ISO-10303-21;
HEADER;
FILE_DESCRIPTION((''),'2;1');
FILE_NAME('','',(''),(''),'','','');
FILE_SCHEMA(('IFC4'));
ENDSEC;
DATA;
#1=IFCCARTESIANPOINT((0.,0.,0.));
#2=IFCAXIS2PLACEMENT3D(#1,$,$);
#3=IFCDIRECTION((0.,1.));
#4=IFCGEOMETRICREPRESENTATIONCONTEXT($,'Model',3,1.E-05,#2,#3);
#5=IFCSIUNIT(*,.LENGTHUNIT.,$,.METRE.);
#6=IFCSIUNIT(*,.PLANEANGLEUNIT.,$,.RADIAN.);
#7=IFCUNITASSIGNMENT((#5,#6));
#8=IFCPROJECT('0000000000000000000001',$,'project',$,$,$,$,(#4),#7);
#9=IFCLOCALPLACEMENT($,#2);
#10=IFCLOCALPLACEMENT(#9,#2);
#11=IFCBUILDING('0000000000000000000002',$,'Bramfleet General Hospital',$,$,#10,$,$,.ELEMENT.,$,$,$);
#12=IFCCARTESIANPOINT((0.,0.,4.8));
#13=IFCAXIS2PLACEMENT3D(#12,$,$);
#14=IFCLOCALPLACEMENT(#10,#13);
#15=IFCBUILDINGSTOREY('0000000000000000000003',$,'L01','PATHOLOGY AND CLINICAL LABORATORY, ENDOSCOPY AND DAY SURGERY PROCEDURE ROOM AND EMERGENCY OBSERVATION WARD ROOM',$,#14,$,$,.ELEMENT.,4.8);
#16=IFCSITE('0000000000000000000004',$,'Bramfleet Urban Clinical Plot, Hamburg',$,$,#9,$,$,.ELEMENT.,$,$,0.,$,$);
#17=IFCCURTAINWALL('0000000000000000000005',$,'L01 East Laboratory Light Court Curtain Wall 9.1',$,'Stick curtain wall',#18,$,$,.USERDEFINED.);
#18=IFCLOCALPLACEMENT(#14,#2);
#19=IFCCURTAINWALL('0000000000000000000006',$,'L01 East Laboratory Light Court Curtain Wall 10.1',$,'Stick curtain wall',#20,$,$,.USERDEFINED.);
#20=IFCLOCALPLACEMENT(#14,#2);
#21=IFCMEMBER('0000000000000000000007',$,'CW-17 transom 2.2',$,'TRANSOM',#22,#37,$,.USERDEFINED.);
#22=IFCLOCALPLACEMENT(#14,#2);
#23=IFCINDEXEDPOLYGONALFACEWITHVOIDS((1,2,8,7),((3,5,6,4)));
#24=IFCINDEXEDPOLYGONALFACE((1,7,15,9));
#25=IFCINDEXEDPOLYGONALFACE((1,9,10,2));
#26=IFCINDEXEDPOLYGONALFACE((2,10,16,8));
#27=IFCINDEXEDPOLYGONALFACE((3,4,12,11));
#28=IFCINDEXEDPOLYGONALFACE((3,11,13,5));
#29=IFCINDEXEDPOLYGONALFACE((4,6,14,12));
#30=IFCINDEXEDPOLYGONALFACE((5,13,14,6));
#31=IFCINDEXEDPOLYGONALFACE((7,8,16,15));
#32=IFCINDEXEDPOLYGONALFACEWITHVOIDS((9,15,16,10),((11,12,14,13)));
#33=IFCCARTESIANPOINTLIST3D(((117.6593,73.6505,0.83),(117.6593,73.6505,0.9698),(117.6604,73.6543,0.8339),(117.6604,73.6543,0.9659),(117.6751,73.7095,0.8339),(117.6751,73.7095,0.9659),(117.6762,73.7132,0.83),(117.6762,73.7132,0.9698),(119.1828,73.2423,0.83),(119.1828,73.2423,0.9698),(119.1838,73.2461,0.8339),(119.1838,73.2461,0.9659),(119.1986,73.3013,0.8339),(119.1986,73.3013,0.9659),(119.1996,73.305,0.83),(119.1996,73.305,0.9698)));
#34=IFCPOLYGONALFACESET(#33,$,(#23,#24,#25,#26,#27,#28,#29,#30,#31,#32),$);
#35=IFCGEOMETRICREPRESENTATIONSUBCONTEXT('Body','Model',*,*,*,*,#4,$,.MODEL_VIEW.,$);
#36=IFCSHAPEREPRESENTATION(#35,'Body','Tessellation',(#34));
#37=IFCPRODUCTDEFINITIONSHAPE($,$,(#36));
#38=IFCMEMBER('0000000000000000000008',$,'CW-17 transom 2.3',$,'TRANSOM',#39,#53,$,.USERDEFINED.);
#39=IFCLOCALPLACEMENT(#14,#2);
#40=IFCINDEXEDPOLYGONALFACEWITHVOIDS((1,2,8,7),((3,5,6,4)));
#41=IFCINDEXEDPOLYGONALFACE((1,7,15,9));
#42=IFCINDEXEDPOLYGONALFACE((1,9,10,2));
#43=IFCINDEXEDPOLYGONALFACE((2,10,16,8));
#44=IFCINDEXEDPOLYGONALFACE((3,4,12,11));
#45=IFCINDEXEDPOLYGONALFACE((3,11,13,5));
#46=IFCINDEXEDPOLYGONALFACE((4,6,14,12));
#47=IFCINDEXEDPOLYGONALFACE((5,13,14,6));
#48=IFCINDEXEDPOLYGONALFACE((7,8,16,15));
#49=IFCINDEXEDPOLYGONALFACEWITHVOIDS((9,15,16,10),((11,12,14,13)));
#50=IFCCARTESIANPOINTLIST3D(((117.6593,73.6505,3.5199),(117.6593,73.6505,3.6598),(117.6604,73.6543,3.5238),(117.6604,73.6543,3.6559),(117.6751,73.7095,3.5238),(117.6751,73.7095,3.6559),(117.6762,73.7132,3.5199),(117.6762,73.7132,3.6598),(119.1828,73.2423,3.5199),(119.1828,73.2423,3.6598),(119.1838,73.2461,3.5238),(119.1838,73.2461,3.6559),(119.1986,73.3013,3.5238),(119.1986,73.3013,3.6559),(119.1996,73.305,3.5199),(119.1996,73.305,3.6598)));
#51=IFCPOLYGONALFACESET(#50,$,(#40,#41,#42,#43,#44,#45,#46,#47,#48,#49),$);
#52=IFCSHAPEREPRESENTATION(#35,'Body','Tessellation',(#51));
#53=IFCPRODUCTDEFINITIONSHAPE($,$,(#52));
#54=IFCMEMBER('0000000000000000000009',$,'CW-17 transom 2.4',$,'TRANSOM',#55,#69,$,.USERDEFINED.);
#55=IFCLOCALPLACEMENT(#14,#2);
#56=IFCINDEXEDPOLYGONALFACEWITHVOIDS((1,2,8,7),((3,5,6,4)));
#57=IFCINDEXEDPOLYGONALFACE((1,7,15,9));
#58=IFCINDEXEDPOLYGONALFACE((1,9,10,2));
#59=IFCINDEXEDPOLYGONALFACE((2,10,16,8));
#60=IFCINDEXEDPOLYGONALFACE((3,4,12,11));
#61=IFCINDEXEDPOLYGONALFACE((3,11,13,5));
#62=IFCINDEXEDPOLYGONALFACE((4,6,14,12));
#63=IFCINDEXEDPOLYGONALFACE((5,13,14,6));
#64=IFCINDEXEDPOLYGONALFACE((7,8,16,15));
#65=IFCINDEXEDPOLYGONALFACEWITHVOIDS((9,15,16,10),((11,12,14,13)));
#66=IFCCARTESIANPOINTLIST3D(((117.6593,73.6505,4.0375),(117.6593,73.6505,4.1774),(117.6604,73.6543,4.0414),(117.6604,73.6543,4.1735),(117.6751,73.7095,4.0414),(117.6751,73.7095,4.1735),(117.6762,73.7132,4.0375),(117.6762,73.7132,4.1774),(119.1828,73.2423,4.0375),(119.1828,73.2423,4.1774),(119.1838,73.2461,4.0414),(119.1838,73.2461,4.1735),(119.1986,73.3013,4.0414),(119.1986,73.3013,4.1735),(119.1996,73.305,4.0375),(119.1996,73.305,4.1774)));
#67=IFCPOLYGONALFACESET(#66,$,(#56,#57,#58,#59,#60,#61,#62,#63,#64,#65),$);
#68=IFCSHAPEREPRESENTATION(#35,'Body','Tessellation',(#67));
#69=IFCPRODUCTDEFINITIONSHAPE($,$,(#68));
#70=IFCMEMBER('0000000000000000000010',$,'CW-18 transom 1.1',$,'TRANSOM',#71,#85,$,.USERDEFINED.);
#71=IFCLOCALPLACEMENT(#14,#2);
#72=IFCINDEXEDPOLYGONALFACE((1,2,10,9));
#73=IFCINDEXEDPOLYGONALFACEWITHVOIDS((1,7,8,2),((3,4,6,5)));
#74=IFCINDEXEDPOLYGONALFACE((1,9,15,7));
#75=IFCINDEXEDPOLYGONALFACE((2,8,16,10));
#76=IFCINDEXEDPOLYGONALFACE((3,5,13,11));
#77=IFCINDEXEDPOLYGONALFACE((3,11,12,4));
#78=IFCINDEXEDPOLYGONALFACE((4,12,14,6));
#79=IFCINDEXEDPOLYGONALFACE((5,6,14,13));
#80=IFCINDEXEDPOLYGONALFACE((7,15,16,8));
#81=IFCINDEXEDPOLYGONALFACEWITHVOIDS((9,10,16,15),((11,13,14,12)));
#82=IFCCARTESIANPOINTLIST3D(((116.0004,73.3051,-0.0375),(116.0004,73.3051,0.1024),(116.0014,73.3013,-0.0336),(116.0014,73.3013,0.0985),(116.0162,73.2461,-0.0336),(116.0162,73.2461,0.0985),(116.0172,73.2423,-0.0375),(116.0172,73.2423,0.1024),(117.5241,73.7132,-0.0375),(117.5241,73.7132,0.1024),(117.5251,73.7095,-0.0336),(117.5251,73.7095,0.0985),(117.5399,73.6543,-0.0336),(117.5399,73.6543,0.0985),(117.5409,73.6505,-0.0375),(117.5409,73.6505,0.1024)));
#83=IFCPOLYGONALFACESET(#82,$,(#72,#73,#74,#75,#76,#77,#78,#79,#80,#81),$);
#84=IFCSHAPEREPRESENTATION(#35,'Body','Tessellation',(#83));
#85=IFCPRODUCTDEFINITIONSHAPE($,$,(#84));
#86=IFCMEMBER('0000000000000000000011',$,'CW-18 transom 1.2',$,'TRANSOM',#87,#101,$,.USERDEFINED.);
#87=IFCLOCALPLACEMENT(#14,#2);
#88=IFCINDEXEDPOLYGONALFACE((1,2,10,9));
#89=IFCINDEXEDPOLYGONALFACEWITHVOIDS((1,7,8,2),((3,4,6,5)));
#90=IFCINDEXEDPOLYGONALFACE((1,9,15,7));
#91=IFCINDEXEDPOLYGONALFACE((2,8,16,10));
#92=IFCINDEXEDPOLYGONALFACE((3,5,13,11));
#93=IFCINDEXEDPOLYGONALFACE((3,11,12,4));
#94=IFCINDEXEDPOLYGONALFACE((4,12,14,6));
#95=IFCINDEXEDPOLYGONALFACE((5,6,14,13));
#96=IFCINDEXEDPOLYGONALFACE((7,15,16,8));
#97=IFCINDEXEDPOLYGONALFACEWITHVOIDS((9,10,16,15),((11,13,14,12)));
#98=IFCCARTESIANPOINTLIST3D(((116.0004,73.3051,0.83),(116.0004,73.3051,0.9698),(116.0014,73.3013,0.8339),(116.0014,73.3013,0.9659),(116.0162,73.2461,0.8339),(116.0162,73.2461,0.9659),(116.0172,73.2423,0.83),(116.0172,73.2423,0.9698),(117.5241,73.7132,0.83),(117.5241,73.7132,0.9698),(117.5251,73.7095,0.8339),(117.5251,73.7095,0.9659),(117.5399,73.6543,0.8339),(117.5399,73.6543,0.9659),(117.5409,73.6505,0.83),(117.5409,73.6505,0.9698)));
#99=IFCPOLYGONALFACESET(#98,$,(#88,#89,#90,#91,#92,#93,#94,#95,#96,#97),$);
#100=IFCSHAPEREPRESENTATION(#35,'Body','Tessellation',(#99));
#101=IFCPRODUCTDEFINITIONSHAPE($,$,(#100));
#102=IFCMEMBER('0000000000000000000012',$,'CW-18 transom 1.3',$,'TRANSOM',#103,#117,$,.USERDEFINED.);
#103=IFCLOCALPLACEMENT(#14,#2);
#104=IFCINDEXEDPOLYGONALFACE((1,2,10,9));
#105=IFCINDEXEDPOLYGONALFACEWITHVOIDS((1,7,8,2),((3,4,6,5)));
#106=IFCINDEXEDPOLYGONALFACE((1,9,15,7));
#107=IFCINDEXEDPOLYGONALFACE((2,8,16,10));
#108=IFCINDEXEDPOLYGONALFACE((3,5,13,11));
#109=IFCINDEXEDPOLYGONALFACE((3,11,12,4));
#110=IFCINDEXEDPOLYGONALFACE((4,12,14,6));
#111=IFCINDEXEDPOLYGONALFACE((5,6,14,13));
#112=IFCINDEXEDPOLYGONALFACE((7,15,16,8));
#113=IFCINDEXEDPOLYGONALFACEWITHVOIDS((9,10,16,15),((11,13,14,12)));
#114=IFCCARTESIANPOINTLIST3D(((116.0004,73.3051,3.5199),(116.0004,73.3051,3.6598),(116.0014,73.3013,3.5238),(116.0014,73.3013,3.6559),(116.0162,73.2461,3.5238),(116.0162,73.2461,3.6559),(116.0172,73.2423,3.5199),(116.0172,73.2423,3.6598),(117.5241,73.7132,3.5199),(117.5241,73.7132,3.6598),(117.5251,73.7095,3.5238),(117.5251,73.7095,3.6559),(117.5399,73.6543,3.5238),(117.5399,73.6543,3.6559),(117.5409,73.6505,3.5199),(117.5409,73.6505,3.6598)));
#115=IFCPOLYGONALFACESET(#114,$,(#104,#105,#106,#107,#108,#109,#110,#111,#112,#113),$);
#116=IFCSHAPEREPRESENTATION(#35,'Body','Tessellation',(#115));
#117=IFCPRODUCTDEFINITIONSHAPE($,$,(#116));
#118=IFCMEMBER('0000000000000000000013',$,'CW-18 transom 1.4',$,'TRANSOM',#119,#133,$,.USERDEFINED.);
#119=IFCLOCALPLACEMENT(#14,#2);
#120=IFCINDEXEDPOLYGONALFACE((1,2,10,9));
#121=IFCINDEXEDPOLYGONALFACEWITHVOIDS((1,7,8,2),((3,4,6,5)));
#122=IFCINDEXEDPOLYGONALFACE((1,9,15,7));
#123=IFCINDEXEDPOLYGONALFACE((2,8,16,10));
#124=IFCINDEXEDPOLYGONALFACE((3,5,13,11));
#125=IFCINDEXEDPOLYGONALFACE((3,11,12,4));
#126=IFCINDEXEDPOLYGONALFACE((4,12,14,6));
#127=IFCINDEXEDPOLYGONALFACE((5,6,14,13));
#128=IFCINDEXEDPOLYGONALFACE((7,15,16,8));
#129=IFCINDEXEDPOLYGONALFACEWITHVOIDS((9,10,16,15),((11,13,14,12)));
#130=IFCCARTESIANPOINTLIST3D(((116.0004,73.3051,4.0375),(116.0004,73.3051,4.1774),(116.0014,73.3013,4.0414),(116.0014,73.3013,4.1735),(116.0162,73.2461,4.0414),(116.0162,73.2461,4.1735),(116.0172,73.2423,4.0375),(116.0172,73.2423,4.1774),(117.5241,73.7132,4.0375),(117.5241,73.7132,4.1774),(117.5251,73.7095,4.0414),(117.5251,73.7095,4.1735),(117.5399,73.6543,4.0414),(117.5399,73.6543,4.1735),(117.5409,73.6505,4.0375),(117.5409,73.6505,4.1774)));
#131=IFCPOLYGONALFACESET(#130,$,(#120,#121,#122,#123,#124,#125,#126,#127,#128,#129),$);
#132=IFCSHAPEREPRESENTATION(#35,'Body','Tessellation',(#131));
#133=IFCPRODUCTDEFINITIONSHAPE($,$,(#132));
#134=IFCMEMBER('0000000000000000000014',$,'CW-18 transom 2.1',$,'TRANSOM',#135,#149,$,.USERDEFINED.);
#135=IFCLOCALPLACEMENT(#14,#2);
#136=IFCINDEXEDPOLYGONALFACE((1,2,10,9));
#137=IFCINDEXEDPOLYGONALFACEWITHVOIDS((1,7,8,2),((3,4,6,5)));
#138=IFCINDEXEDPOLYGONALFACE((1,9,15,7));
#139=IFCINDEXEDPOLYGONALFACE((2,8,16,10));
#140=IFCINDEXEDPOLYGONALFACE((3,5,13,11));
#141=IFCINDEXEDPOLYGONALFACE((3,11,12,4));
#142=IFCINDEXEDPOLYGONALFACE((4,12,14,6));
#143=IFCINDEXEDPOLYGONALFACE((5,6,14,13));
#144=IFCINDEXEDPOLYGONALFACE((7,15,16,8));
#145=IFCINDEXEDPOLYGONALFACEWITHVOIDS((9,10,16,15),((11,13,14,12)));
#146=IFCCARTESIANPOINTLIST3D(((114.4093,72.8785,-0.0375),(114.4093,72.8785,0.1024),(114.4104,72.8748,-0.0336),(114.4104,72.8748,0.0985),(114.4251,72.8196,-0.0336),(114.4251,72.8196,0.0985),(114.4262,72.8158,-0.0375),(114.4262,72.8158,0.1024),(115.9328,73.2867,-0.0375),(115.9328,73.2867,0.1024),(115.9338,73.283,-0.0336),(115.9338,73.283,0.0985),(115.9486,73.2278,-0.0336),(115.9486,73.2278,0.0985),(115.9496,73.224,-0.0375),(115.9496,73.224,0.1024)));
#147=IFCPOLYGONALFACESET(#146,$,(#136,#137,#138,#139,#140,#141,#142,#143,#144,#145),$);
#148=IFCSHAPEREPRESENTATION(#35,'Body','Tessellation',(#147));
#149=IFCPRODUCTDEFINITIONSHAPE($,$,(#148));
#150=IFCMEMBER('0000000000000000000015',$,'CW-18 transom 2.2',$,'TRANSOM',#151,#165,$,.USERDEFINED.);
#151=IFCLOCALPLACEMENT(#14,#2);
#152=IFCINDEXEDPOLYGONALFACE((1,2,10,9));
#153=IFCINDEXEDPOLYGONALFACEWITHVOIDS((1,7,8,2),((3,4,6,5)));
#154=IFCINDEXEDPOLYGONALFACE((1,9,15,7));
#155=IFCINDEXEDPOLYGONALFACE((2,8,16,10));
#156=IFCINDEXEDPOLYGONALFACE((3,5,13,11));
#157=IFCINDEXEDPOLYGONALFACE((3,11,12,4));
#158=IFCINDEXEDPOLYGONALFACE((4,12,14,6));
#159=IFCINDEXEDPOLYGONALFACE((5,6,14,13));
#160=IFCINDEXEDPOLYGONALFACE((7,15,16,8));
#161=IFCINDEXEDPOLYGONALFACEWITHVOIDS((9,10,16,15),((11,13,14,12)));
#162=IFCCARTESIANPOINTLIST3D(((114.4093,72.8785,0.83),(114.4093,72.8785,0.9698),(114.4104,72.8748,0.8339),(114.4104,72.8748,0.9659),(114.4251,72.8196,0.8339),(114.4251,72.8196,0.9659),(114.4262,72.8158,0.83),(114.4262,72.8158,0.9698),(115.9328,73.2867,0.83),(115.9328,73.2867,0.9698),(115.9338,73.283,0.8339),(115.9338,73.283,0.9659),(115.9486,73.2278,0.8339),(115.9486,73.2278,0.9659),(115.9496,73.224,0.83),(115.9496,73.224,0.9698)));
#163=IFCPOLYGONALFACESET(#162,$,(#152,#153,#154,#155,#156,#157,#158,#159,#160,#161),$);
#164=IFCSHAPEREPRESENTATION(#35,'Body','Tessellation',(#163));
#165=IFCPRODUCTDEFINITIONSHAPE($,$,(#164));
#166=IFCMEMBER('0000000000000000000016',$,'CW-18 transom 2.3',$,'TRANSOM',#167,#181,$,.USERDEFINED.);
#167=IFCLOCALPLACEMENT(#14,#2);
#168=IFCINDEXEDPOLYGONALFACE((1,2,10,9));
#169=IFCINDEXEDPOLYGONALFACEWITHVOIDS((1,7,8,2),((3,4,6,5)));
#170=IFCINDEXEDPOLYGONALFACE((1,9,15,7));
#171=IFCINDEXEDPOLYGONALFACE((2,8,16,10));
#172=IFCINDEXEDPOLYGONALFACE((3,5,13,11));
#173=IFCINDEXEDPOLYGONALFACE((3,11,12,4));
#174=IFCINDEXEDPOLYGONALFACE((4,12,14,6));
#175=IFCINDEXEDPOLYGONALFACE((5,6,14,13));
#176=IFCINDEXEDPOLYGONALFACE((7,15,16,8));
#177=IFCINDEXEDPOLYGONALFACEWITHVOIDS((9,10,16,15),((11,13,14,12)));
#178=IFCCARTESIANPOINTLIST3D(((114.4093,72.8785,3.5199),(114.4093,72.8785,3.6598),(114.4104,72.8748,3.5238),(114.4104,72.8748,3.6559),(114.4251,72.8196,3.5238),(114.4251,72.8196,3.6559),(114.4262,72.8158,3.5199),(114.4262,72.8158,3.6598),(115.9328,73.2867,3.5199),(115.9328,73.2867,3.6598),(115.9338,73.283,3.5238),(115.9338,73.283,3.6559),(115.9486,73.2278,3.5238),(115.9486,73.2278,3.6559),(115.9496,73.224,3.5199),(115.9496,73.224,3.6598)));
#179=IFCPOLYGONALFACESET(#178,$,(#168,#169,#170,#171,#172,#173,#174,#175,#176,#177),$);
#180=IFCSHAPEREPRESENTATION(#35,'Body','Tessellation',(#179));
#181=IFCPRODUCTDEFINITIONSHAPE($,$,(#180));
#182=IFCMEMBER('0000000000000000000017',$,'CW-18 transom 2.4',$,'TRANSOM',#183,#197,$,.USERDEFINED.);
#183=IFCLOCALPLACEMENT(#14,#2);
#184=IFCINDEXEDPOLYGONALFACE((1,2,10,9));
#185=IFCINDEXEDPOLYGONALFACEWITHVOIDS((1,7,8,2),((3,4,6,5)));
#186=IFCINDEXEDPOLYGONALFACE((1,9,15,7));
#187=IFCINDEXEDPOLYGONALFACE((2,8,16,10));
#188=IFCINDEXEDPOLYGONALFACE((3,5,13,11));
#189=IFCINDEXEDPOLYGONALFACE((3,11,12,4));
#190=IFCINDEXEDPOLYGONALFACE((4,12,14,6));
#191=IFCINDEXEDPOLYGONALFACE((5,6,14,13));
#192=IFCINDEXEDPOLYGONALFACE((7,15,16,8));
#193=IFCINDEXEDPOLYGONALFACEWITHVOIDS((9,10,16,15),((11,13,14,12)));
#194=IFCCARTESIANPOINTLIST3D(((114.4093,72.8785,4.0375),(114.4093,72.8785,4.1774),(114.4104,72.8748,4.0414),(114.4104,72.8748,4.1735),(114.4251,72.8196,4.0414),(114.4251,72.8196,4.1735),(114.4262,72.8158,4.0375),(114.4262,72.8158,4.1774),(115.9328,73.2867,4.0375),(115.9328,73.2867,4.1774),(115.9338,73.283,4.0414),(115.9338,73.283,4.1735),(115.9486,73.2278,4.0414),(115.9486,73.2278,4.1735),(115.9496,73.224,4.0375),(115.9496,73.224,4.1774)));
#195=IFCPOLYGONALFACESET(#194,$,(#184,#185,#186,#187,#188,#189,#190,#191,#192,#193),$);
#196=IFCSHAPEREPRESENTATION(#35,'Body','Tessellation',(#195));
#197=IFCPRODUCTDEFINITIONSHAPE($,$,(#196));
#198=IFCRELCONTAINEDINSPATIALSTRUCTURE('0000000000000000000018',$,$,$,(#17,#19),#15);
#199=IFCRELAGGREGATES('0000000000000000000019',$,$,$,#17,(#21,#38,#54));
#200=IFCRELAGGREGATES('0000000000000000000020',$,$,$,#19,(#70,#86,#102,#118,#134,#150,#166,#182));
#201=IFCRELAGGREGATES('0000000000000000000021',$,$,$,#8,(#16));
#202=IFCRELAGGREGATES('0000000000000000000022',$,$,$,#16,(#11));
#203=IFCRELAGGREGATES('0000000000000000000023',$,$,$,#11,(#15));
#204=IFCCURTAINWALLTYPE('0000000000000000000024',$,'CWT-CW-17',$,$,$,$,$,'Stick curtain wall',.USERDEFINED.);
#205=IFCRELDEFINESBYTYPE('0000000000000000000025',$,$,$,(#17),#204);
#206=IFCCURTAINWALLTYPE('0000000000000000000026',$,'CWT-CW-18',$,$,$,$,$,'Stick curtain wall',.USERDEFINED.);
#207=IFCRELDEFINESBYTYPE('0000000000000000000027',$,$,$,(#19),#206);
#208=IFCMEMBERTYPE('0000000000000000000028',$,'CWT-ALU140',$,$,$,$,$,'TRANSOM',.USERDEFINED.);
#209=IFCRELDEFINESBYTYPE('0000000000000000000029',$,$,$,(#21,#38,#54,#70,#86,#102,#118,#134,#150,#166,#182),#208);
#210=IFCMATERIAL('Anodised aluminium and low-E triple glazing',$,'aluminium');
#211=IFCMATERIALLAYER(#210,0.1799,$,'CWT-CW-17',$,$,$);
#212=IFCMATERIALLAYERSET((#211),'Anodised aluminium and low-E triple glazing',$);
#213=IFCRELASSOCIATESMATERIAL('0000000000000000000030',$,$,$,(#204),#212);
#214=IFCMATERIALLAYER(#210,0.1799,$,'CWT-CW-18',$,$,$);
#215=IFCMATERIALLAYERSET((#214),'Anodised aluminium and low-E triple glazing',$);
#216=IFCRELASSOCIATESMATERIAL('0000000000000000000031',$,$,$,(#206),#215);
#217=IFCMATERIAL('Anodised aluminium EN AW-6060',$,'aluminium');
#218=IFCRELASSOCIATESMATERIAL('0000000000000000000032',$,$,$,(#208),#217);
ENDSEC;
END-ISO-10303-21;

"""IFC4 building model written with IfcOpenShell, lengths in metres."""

from ifc_helpers import new_model, si_unit, direction, frame, origin, origin_2d, place, context, subcontext, project, spatial, hollow_rectangle, extrude, material, layer, layer_set, material_profile, profile_set, type_object, element, aggregate, save


model = new_model("IFC4")

# Units and contexts
model_context = context("Model", 3, precision=1e-05, world=origin(), true_north=direction((0.0, 1.0)))
body_context = subcontext(model_context, "Body", "Model", "MODEL_VIEW")
ifc_project = project(units=[si_unit("LENGTHUNIT", "METRE"), si_unit("PLANEANGLEUNIT", "RADIAN")], contexts=[model_context])

# Site, building, storey
site_placement = place(None, origin())
site = spatial("IfcSite", under=ifc_project, at=site_placement, Name="Bramfleet Urban Clinical Plot, Hamburg", CompositionType="ELEMENT", RefElevation=0.0)
building_placement = place(site_placement, origin())
building = spatial("IfcBuilding", under=site, at=building_placement, Name="Bramfleet General Hospital", CompositionType="ELEMENT")
storey_placement = place(building_placement, frame((0.0, 0.0, 4.8)))
storey = spatial("IfcBuildingStorey", under=building, at=storey_placement, Name="L01", Description="PATHOLOGY AND CLINICAL LABORATORY, ENDOSCOPY AND DAY SURGERY PROCEDURE ROOM AND EMERGENCY OBSERVATION WARD ROOM", CompositionType="ELEMENT", Elevation=4.8)

# Curtain walls
ifc_material_1 = material(Name="Anodised aluminium and low-E triple glazing", Category="aluminium")
ifc_layer_1 = layer(ifc_material_1, 0.1799, Name="CWT-CW-17")
ifc_layer_set_1 = layer_set([ifc_layer_1], Name="Anodised aluminium and low-E triple glazing")
curtain_wall_type_1 = type_object("IfcCurtainWallType", Name="CWT-CW-17", ElementType="Stick curtain wall", PredefinedType="USERDEFINED", material=ifc_layer_set_1)
curtain_wall_1_placement = place(storey_placement, origin())
curtain_wall_1 = element("IfcCurtainWall", 1, at=curtain_wall_1_placement, inside=storey, type_object=curtain_wall_type_1, Name="L01 East Laboratory Light Court Curtain Wall 9.1", ObjectType="Stick curtain wall", PredefinedType="USERDEFINED")
ifc_material_2 = material(Name="Anodised aluminium EN AW-6060", Category="aluminium")
ifc_layer_2 = layer(ifc_material_1, 0.1799, Name="CWT-CW-18")
ifc_layer_set_2 = layer_set([ifc_layer_2], Name="Anodised aluminium and low-E triple glazing")
curtain_wall_type_2 = type_object("IfcCurtainWallType", Name="CWT-CW-18", ElementType="Stick curtain wall", PredefinedType="USERDEFINED", material=ifc_layer_set_2)
curtain_wall_2_placement = place(storey_placement, origin())
curtain_wall_2 = element("IfcCurtainWall", 2, at=curtain_wall_2_placement, inside=storey, type_object=curtain_wall_type_2, Name="L01 East Laboratory Light Court Curtain Wall 10.1", ObjectType="Stick curtain wall", PredefinedType="USERDEFINED")

# Members
ifc_material_profile_1 = material_profile(ifc_material_2, hollow_rectangle(XDim=0.0649, YDim=0.1399, WallThickness=0.0039, at=origin_2d()), Name="ALU 140x65x4.0")
ifc_profile_set_1 = profile_set([ifc_material_profile_1], Name="Anodised aluminium EN AW-6060")
member_type_1 = type_object("IfcMemberType", Name="CWT-ALU140", ElementType="TRANSOM", PredefinedType="USERDEFINED", material=ifc_profile_set_1)
member_1_placement = place(storey_placement, frame((119.1912, 73.2737, 0.8999), z_axis=(-0.965926, 0.258819, 0.0), x_axis=(-0.258819, -0.965926, 0.0)))
member_1 = element("IfcMember", 3, at=member_1_placement, type_object=member_type_1, Name="CW-17 transom 2.2", ObjectType="TRANSOM", PredefinedType="USERDEFINED", context=body_context, shape_type="SweptSolid", body=[
    extrude(hollow_rectangle(XDim=0.0649, YDim=0.1399, WallThickness=0.0039, at=origin_2d()), origin(), (0.0, 0.0, 1.0), 1.5771),
])
member_2_placement = place(storey_placement, frame((119.1912, 73.2737, 3.5898), z_axis=(-0.965926, 0.258819, 0.0), x_axis=(-0.258819, -0.965926, 0.0)))
member_2 = element("IfcMember", 4, at=member_2_placement, type_object=member_type_1, Name="CW-17 transom 2.3", ObjectType="TRANSOM", PredefinedType="USERDEFINED", context=body_context, shape_type="SweptSolid", body=[
    extrude(hollow_rectangle(XDim=0.0649, YDim=0.1399, WallThickness=0.0039, at=origin_2d()), origin(), (0.0, 0.0, 1.0), 1.5771),
])
member_3_placement = place(storey_placement, frame((119.1912, 73.2737, 4.1074), z_axis=(-0.965926, 0.258819, 0.0), x_axis=(-0.258819, -0.965926, 0.0)))
member_3 = element("IfcMember", 5, at=member_3_placement, type_object=member_type_1, Name="CW-17 transom 2.4", ObjectType="TRANSOM", PredefinedType="USERDEFINED", context=body_context, shape_type="SweptSolid", body=[
    extrude(hollow_rectangle(XDim=0.0649, YDim=0.1399, WallThickness=0.0039, at=origin_2d()), origin(), (0.0, 0.0, 1.0), 1.5771),
])
member_4_placement = place(storey_placement, frame((117.5325, 73.6819, 0.0325), z_axis=(-0.965936, -0.25878, 0.0), x_axis=(0.25878, -0.965936, 0.0)))
member_4 = element("IfcMember", 6, at=member_4_placement, type_object=member_type_1, Name="CW-18 transom 1.1", ObjectType="TRANSOM", PredefinedType="USERDEFINED", context=body_context, shape_type="SweptSolid", body=[
    extrude(hollow_rectangle(XDim=0.0649, YDim=0.1399, WallThickness=0.0039, at=origin_2d()), origin(), (0.0, 0.0, 1.0), 1.5774),
])
member_5_placement = place(storey_placement, frame((117.5325, 73.6819, 0.8999), z_axis=(-0.965936, -0.25878, 0.0), x_axis=(0.25878, -0.965936, 0.0)))
member_5 = element("IfcMember", 7, at=member_5_placement, type_object=member_type_1, Name="CW-18 transom 1.2", ObjectType="TRANSOM", PredefinedType="USERDEFINED", context=body_context, shape_type="SweptSolid", body=[
    extrude(hollow_rectangle(XDim=0.0649, YDim=0.1399, WallThickness=0.0039, at=origin_2d()), origin(), (0.0, 0.0, 1.0), 1.5774),
])
member_6_placement = place(storey_placement, frame((117.5325, 73.6819, 3.5898), z_axis=(-0.965936, -0.25878, 0.0), x_axis=(0.25878, -0.965936, 0.0)))
member_6 = element("IfcMember", 8, at=member_6_placement, type_object=member_type_1, Name="CW-18 transom 1.3", ObjectType="TRANSOM", PredefinedType="USERDEFINED", context=body_context, shape_type="SweptSolid", body=[
    extrude(hollow_rectangle(XDim=0.0649, YDim=0.1399, WallThickness=0.0039, at=origin_2d()), origin(), (0.0, 0.0, 1.0), 1.5774),
])
member_7_placement = place(storey_placement, frame((117.5325, 73.6819, 4.1074), z_axis=(-0.965936, -0.25878, 0.0), x_axis=(0.25878, -0.965936, 0.0)))
member_7 = element("IfcMember", 9, at=member_7_placement, type_object=member_type_1, Name="CW-18 transom 1.4", ObjectType="TRANSOM", PredefinedType="USERDEFINED", context=body_context, shape_type="SweptSolid", body=[
    extrude(hollow_rectangle(XDim=0.0649, YDim=0.1399, WallThickness=0.0039, at=origin_2d()), origin(), (0.0, 0.0, 1.0), 1.5774),
])
member_8_placement = place(storey_placement, frame((115.9412, 73.2554, 0.0325), z_axis=(-0.965926, -0.258819, 0.0), x_axis=(0.258819, -0.965926, 0.0)))
member_8 = element("IfcMember", 10, at=member_8_placement, type_object=member_type_1, Name="CW-18 transom 2.1", ObjectType="TRANSOM", PredefinedType="USERDEFINED", context=body_context, shape_type="SweptSolid", body=[
    extrude(hollow_rectangle(XDim=0.0649, YDim=0.1399, WallThickness=0.0039, at=origin_2d()), origin(), (0.0, 0.0, 1.0), 1.5771),
])
member_9_placement = place(storey_placement, frame((115.9412, 73.2554, 0.8999), z_axis=(-0.965926, -0.258819, 0.0), x_axis=(0.258819, -0.965926, 0.0)))
member_9 = element("IfcMember", 11, at=member_9_placement, type_object=member_type_1, Name="CW-18 transom 2.2", ObjectType="TRANSOM", PredefinedType="USERDEFINED", context=body_context, shape_type="SweptSolid", body=[
    extrude(hollow_rectangle(XDim=0.0649, YDim=0.1399, WallThickness=0.0039, at=origin_2d()), origin(), (0.0, 0.0, 1.0), 1.5771),
])
member_10_placement = place(storey_placement, frame((115.9412, 73.2554, 3.5898), z_axis=(-0.965926, -0.258819, 0.0), x_axis=(0.258819, -0.965926, 0.0)))
member_10 = element("IfcMember", 12, at=member_10_placement, type_object=member_type_1, Name="CW-18 transom 2.3", ObjectType="TRANSOM", PredefinedType="USERDEFINED", context=body_context, shape_type="SweptSolid", body=[
    extrude(hollow_rectangle(XDim=0.0649, YDim=0.1399, WallThickness=0.0039, at=origin_2d()), origin(), (0.0, 0.0, 1.0), 1.5771),
])
member_11_placement = place(storey_placement, frame((115.9412, 73.2554, 4.1074), z_axis=(-0.965926, -0.258819, 0.0), x_axis=(0.258819, -0.965926, 0.0)))
member_11 = element("IfcMember", 13, at=member_11_placement, type_object=member_type_1, Name="CW-18 transom 2.4", ObjectType="TRANSOM", PredefinedType="USERDEFINED", context=body_context, shape_type="SweptSolid", body=[
    extrude(hollow_rectangle(XDim=0.0649, YDim=0.1399, WallThickness=0.0039, at=origin_2d()), origin(), (0.0, 0.0, 1.0), 1.5771),
])

aggregate(curtain_wall_1, [member_1, member_2, member_3])
aggregate(curtain_wall_2, [member_4, member_5, member_6, member_7, member_8, member_9, member_10, member_11])

save(model, "model.ifc")
